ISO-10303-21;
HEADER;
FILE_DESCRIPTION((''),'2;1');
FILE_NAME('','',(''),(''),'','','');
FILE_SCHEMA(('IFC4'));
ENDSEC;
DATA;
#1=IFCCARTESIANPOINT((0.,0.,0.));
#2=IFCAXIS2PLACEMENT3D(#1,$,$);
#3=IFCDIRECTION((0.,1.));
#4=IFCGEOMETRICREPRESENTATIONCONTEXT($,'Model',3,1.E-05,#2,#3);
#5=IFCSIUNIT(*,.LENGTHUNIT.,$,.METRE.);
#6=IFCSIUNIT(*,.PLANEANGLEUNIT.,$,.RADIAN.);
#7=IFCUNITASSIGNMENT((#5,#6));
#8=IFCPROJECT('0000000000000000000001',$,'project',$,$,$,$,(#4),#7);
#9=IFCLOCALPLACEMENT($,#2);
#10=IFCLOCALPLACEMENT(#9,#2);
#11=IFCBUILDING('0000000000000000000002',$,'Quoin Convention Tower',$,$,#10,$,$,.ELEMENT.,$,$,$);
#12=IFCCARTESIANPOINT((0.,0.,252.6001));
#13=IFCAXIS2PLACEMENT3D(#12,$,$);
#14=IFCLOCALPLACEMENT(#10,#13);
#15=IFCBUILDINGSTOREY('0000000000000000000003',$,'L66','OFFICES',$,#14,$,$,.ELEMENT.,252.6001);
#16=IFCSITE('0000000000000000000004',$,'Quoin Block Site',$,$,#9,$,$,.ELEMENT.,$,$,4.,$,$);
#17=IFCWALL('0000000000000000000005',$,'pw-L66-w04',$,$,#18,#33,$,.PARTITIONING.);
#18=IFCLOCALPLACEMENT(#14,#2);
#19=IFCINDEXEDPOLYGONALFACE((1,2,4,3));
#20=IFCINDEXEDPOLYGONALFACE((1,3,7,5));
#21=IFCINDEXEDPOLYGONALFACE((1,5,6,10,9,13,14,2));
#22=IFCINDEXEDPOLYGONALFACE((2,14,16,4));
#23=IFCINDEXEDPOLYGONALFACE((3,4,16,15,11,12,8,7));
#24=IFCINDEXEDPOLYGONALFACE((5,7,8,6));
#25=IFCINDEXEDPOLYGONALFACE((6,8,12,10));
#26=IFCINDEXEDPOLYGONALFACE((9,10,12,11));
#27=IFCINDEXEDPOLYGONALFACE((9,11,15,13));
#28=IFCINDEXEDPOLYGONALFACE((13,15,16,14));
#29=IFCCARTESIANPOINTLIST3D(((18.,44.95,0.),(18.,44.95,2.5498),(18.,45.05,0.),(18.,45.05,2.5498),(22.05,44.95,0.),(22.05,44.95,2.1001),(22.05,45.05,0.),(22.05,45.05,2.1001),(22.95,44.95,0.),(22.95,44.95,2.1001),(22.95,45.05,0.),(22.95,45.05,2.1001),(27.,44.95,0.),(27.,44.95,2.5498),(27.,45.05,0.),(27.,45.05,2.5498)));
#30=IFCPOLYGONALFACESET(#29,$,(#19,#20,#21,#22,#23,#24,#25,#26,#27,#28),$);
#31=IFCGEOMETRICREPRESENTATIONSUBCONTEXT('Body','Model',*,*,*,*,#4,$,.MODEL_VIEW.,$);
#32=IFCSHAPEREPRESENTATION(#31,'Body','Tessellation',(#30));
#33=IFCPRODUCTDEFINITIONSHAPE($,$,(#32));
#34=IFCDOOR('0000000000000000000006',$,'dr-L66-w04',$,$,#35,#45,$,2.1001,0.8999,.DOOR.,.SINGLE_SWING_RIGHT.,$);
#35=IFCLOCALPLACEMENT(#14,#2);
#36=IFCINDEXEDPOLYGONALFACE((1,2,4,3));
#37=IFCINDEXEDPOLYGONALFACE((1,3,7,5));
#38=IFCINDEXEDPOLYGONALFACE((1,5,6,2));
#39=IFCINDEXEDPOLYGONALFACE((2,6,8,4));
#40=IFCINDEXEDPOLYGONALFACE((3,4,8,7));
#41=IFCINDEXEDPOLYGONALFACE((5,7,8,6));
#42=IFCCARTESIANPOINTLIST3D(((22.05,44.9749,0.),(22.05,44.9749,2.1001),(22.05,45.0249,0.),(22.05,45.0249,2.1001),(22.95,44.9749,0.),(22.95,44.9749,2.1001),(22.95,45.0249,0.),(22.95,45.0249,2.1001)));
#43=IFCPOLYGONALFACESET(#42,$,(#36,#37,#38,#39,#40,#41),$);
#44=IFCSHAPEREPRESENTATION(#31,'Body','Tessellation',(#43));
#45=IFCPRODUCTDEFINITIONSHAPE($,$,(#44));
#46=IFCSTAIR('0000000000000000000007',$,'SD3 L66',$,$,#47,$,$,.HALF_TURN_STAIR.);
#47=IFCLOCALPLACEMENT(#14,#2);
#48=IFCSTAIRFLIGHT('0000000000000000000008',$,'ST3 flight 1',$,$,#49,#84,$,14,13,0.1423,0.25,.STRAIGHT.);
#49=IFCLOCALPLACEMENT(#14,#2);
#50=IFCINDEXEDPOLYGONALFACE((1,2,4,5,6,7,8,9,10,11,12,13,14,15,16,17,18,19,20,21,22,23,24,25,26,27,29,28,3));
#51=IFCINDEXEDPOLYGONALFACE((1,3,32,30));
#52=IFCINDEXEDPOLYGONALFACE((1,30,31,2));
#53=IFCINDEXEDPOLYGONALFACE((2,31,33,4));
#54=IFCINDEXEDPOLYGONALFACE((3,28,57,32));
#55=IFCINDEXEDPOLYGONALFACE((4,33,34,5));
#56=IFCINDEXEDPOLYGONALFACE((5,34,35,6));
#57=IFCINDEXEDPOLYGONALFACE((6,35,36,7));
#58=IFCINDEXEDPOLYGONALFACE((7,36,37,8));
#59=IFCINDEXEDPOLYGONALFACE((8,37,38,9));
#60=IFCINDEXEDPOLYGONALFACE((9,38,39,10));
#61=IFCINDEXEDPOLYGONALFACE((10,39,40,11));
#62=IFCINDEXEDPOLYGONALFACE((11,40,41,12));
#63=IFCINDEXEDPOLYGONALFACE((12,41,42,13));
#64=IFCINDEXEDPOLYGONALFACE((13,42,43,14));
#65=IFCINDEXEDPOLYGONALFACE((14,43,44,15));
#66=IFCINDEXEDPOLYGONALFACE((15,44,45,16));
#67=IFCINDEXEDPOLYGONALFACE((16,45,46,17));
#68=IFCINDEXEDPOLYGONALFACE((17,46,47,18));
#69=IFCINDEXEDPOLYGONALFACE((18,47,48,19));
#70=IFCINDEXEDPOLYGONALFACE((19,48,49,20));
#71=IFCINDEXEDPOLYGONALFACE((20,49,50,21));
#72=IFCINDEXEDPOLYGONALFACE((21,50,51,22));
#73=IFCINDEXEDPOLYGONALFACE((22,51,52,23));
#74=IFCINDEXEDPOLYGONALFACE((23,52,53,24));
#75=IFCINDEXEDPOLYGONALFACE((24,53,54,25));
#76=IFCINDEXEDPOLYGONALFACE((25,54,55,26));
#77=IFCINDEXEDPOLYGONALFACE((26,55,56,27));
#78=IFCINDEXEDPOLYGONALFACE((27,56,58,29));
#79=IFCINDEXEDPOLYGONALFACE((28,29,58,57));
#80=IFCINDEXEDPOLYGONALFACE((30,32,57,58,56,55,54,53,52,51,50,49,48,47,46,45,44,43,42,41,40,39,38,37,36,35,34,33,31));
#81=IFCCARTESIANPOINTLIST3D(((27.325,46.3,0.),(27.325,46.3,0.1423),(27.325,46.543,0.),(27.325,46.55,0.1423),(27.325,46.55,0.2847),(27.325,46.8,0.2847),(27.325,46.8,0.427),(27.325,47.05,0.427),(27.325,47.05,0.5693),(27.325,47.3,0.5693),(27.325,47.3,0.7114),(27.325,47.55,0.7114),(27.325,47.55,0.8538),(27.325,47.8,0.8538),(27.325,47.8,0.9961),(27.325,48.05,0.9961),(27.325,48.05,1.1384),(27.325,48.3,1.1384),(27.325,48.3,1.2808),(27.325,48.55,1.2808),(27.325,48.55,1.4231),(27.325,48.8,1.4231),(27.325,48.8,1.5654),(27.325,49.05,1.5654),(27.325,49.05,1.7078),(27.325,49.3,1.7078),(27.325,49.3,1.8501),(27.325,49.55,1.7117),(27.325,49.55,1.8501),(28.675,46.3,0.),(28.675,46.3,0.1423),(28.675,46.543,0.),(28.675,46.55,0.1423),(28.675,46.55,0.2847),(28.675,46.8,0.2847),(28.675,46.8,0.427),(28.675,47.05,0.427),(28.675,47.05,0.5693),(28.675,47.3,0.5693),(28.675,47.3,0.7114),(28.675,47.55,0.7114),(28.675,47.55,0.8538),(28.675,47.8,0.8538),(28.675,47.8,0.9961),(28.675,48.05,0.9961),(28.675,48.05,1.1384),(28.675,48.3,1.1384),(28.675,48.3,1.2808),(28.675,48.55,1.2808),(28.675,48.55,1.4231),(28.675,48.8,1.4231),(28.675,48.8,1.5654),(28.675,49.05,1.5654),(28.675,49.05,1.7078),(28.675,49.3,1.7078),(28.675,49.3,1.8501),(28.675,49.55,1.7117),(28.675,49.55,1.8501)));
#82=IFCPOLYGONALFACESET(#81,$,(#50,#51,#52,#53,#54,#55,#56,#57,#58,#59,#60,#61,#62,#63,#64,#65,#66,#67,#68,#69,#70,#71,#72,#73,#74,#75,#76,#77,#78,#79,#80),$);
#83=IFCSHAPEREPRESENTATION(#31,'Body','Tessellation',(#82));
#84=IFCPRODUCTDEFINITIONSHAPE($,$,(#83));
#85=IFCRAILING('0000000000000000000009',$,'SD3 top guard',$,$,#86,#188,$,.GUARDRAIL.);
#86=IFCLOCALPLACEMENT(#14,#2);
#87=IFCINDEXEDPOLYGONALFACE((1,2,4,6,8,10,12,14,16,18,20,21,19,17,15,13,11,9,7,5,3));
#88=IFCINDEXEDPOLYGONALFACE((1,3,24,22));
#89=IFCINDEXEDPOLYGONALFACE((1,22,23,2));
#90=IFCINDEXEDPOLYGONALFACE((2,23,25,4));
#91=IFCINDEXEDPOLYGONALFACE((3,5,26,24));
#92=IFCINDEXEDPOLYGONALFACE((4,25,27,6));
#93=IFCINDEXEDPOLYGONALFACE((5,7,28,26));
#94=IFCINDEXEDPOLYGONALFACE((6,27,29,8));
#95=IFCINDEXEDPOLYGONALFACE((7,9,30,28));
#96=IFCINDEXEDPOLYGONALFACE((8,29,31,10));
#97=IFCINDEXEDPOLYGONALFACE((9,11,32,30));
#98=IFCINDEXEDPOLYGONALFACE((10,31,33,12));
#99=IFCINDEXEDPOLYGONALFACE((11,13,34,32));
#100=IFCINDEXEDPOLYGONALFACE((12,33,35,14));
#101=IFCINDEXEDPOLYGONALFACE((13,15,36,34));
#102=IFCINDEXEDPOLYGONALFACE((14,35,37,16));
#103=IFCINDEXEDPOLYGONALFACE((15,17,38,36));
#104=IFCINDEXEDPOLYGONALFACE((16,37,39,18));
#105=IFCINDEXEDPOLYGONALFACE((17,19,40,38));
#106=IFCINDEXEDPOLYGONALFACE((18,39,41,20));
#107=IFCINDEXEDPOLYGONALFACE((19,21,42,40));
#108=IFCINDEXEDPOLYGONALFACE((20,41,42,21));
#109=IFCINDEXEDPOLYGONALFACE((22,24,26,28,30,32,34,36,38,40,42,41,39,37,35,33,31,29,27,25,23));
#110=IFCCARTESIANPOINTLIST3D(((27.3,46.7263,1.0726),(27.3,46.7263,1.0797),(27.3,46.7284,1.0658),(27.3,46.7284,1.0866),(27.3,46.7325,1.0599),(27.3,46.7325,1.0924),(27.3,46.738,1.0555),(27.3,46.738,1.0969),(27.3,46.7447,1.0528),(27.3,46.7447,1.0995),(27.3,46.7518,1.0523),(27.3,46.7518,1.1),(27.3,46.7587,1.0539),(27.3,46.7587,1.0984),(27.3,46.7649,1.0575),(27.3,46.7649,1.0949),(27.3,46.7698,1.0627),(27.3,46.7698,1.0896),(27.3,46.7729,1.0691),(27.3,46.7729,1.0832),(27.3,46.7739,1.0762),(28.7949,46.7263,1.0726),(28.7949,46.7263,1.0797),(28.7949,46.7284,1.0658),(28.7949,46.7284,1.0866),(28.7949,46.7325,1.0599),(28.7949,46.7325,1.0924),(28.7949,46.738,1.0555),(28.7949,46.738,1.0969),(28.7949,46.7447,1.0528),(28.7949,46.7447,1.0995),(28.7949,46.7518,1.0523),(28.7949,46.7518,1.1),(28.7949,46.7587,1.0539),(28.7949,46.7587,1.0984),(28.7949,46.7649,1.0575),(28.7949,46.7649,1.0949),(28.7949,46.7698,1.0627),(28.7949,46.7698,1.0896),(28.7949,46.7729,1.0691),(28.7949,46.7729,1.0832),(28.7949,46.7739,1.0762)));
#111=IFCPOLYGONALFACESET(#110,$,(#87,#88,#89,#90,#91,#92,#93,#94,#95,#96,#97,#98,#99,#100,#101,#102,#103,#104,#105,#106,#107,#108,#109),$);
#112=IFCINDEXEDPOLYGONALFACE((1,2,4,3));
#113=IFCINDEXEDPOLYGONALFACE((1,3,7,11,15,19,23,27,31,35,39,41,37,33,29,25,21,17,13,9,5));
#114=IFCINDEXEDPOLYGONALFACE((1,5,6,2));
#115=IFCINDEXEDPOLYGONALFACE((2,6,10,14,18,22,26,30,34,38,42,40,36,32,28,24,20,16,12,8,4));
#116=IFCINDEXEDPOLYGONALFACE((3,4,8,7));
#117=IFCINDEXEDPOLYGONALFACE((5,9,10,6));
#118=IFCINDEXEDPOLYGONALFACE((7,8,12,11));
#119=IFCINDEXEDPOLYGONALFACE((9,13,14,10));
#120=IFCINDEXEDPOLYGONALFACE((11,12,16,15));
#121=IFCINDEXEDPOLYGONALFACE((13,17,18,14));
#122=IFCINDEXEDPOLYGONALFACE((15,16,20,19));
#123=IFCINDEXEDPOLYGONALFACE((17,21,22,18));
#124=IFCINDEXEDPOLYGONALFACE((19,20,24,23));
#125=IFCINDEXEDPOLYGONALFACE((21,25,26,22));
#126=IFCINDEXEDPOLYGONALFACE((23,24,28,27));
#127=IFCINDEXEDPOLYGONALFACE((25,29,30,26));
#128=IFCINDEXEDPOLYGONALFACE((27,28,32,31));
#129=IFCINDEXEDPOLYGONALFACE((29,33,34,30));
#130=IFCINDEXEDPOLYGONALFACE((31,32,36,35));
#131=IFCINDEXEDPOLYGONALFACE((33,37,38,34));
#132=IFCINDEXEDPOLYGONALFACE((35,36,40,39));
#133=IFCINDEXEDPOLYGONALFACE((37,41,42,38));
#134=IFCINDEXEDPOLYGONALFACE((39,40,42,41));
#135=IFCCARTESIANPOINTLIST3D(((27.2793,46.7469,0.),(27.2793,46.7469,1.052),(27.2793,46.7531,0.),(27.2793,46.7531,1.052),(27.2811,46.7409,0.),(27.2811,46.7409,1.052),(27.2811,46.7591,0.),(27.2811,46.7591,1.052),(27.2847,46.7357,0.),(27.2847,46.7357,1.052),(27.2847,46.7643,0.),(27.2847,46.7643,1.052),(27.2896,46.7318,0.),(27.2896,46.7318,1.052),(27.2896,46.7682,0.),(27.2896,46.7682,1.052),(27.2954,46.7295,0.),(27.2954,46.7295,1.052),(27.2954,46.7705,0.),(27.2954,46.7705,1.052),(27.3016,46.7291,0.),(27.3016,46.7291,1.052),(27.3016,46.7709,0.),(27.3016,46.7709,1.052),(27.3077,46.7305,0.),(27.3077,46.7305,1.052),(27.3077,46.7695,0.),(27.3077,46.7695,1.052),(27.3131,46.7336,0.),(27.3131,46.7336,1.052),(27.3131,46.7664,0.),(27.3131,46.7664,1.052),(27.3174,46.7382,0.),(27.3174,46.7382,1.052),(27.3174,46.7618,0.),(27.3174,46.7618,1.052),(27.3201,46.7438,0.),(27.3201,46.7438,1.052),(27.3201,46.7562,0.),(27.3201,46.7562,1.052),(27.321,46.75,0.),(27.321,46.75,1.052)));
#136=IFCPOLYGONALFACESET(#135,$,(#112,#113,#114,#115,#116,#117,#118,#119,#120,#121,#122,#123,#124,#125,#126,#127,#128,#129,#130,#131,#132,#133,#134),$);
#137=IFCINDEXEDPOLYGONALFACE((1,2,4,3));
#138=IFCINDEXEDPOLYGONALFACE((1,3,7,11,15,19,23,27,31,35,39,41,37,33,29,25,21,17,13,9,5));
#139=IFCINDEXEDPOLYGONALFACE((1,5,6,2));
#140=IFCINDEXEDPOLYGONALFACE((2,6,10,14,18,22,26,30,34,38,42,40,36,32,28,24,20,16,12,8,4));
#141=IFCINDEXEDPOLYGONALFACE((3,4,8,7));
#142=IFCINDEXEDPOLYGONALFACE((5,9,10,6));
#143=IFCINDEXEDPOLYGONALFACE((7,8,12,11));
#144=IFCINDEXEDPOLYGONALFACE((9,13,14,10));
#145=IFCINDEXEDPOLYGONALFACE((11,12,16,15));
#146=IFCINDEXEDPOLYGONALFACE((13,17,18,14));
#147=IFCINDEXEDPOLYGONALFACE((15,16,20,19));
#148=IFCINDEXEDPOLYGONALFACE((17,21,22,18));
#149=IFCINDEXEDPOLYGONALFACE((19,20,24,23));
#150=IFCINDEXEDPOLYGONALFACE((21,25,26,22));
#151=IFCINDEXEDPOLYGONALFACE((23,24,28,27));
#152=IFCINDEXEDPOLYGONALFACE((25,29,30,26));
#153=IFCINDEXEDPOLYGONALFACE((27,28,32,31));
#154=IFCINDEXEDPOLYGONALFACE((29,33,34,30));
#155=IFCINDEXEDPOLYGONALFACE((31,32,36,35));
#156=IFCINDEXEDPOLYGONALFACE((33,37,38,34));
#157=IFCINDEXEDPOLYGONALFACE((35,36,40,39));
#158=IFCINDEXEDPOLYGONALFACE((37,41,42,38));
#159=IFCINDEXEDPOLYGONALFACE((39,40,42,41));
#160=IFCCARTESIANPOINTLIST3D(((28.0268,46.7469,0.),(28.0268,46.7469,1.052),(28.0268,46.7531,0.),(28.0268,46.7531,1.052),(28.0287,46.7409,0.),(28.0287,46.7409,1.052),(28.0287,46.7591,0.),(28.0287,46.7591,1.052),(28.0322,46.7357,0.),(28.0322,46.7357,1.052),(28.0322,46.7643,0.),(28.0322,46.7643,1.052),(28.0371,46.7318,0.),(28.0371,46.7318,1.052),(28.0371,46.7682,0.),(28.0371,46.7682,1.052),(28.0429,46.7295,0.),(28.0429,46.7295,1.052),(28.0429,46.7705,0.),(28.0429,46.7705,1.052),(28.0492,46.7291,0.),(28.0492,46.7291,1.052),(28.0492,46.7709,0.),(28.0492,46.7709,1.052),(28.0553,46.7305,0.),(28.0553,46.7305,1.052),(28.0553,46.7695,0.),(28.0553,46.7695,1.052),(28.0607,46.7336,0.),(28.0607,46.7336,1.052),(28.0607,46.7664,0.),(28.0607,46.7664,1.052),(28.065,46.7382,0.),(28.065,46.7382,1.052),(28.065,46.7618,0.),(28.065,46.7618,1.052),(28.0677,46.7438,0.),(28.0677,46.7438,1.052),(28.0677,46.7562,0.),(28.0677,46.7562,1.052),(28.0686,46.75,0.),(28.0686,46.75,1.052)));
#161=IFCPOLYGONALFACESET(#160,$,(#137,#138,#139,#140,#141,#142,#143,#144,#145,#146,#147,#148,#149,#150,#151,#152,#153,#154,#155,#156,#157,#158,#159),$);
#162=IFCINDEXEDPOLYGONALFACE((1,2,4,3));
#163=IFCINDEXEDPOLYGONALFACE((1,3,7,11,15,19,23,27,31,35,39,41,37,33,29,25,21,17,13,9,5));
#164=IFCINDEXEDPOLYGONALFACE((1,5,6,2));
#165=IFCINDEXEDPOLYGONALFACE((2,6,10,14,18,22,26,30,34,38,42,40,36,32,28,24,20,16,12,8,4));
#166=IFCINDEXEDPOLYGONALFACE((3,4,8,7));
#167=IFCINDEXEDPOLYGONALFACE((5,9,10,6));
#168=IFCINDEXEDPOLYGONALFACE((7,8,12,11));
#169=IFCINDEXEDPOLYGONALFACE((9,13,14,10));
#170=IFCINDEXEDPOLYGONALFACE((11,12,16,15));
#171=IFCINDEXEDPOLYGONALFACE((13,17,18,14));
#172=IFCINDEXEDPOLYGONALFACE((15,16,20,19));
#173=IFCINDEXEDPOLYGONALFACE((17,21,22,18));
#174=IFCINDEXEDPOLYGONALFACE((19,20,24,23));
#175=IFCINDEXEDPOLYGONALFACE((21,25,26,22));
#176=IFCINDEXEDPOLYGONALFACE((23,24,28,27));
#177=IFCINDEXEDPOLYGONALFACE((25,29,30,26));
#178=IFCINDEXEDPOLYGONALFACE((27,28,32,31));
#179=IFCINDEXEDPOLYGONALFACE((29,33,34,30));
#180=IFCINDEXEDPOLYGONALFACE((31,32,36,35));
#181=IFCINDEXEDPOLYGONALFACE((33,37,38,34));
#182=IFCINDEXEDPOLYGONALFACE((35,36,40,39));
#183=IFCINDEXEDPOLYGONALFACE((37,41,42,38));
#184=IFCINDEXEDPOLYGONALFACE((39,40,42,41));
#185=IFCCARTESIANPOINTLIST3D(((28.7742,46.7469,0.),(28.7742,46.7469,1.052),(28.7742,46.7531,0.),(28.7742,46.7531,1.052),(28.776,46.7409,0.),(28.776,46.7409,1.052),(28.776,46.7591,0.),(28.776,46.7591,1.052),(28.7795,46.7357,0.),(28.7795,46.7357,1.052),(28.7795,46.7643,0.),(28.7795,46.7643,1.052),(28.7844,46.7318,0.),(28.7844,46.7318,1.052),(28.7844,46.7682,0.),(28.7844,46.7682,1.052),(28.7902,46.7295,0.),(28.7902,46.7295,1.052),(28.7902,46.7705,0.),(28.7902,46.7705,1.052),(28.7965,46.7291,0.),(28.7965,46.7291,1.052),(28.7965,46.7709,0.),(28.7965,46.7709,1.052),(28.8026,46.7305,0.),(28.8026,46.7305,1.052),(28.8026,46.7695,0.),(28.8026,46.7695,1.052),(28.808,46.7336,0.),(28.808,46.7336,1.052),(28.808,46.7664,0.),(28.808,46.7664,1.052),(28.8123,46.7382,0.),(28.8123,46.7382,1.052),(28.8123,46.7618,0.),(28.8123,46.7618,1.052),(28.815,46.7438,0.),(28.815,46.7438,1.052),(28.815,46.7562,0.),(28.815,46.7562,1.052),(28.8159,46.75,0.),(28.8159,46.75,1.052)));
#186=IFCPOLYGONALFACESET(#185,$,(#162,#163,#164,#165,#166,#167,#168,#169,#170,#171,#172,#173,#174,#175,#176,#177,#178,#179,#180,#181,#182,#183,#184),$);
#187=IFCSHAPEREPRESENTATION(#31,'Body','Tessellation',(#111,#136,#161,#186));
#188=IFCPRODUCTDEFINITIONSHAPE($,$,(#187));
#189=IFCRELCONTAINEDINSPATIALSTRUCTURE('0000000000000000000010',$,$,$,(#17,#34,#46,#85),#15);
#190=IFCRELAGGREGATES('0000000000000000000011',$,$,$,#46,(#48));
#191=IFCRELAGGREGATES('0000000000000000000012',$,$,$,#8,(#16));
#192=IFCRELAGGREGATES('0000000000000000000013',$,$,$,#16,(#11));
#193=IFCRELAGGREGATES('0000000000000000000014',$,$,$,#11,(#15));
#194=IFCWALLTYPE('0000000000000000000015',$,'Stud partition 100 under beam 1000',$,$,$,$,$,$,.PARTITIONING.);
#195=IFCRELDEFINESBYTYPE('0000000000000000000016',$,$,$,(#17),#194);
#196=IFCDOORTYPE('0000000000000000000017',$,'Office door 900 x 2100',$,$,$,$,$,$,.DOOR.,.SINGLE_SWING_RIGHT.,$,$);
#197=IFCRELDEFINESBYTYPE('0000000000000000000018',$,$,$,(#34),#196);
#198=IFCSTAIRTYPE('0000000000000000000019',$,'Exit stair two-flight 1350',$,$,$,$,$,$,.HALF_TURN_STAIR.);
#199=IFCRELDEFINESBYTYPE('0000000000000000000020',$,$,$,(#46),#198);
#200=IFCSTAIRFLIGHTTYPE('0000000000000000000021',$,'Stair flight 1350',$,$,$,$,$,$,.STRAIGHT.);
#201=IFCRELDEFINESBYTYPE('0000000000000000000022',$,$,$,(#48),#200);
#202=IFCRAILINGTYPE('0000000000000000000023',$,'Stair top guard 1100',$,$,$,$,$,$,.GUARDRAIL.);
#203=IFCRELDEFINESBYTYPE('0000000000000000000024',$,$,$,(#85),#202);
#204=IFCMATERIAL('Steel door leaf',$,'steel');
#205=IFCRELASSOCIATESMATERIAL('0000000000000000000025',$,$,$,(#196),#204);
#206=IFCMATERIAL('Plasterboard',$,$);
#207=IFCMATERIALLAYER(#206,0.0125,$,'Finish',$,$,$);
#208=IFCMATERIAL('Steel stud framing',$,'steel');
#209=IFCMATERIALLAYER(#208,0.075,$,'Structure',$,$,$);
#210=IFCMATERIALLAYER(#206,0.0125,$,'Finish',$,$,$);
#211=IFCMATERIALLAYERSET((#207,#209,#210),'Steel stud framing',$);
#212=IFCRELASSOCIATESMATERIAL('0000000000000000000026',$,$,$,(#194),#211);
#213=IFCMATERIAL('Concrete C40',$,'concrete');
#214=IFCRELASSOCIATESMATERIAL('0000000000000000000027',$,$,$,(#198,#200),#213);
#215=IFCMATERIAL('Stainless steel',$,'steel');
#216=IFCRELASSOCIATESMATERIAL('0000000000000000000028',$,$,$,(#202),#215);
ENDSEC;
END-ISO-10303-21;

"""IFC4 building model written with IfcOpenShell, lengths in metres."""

from ifc_helpers import new_model, si_unit, direction, frame, frame_2d, origin, origin_2d, place, context, subcontext, project, spatial, polyline, rectangle, circle, outline, extrude, material, layer, layer_set, type_object, element, fill, aggregate, save


model = new_model("IFC4")

# Units and contexts
model_context = context("Model", 3, precision=1e-05, world=origin(), true_north=direction((0.0, 1.0)))
body_context = subcontext(model_context, "Body", "Model", "MODEL_VIEW")
ifc_project = project(units=[si_unit("LENGTHUNIT", "METRE"), si_unit("PLANEANGLEUNIT", "RADIAN")], contexts=[model_context])

# Site, building, storey
site_placement = place(None, origin())
site = spatial("IfcSite", under=ifc_project, at=site_placement, Name="Quoin Block Site", CompositionType="ELEMENT", RefElevation=4.0)
building_placement = place(site_placement, origin())
building = spatial("IfcBuilding", under=site, at=building_placement, Name="Quoin Convention Tower", CompositionType="ELEMENT")
storey_placement = place(building_placement, frame((0.0, 0.0, 252.6001)))
storey = spatial("IfcBuildingStorey", under=building, at=storey_placement, Name="L66", Description="OFFICES", CompositionType="ELEMENT", Elevation=252.6001)

# Shared definitions
ifc_material_1 = material(Name="Plasterboard")
ifc_material_2 = material(Name="Steel stud framing", Category="steel")
ifc_material_3 = material(Name="Steel door leaf", Category="steel")
door_type_1 = type_object("IfcDoorType", Name="Office door 900 x 2100", OperationType="SINGLE_SWING_RIGHT", PredefinedType="DOOR", material=ifc_material_3)

# Wall, opening, door
ifc_layer_1 = layer(ifc_material_1, 0.0125, Name="Finish")
ifc_layer_2 = layer(ifc_material_2, 0.075, Name="Structure")
ifc_layer_3 = layer(ifc_material_1, 0.0125, Name="Finish")
ifc_layer_set_1 = layer_set([ifc_layer_1, ifc_layer_2, ifc_layer_3], Name="Steel stud framing")
wall_type_1 = type_object("IfcWallType", Name="Stud partition 100 under beam 1000", PredefinedType="PARTITIONING", material=ifc_layer_set_1)
wall_1_placement = place(storey_placement, frame((18.0, 45.0, 0.0), z_axis=(0.0, 0.0, 1.0), x_axis=(1.0, 0.0, 0.0)))
wall_1 = element("IfcWall", 1, at=wall_1_placement, inside=storey, type_object=wall_type_1, Name="pw-L66-w04", PredefinedType="PARTITIONING", context=body_context, shape_type="SweptSolid", body=[
    extrude(rectangle(XDim=9.0, YDim=0.1001, at=frame_2d((4.5, 0.0))), origin(), (0.0, 0.0, 1.0), 2.5498),
])
opening_1_placement = place(wall_1_placement, frame((4.05, 0.0, 0.0)))
opening_1 = element("IfcOpeningElement", 2, at=opening_1_placement, cuts=wall_1, PredefinedType="OPENING", context=body_context, shape_type="SweptSolid", body=[
    extrude(rectangle(XDim=0.8999, YDim=2.1001, at=frame_2d((0.45, 1.05))), frame((0.0, 0.0601, 0.0), z_axis=(0.0, -1.0, 0.0), x_axis=(1.0, 0.0, 0.0)), (0.0, 0.0, 1.0), 0.1201),
])
door_1_placement = place(opening_1_placement, origin())
door_1 = element("IfcDoor", 3, at=door_1_placement, inside=storey, type_object=door_type_1, Name="dr-L66-w04", OperationType="SINGLE_SWING_RIGHT", OverallHeight=2.1001, OverallWidth=0.8999, PredefinedType="DOOR", context=body_context, shape_type="SweptSolid", body=[
    extrude(rectangle(XDim=0.8999, YDim=2.1001, at=frame_2d((0.45, 1.05))), frame((0.0, 0.0249, 0.0), z_axis=(0.0, -1.0, 0.0), x_axis=(1.0, 0.0, 0.0)), (0.0, 0.0, 1.0), 0.05),
])
fill(opening_1, door_1)

# Stair, stair flight
ifc_material_4 = material(Name="Concrete C40", Category="concrete")
stair_type = type_object("IfcStairType", Name="Exit stair two-flight 1350", PredefinedType="HALF_TURN_STAIR", material=ifc_material_4)
stair_placement = place(storey_placement, origin())
stair = element("IfcStair", 4, at=stair_placement, inside=storey, type_object=stair_type, Name="SD3 L66", PredefinedType="HALF_TURN_STAIR")
stair_flight_type = type_object("IfcStairFlightType", Name="Stair flight 1350", PredefinedType="STRAIGHT", material=ifc_material_4)
stair_flight_placement = place(storey_placement, frame((28.0, 46.3, 0.0), z_axis=(0.0, 0.0, 1.0), x_axis=(0.0, 1.0, 0.0)))
stair_flight = element("IfcStairFlight", 5, at=stair_flight_placement, type_object=stair_flight_type, Name="ST3 flight 1", NumberOfRisers=14, NumberOfTreads=13, PredefinedType="STRAIGHT", RiserHeight=0.1423, TreadLength=0.25, context=body_context, shape_type="SweptSolid", body=[
    extrude(outline(polyline([(0.0, 0.0), (0.0, 0.1423), (0.25, 0.1423), (0.25, 0.2847), (0.5, 0.2847), (0.5, 0.427), (0.75, 0.427), (0.75, 0.5693), (1.0, 0.5693), (1.0, 0.7114), (1.25, 0.7114), (1.25, 0.8538), (1.5, 0.8538), (1.5, 0.9961), (1.75, 0.9961), (1.75, 1.1384), (2.0, 1.1384), (2.0, 1.2808), (2.25, 1.2808), (2.25, 1.4231), (2.5, 1.4231), (2.5, 1.5654), (2.75, 1.5654), (2.75, 1.7078), (3.0, 1.7078), (3.0, 1.8501), (3.25, 1.8501), (3.25, 1.9922), (3.25, 1.7117), (0.2429, 0.0), (0.0, 0.0)])), frame((0.0, 0.675, 0.0), z_axis=(0.0, -1.0, 0.0), x_axis=(1.0, 0.0, 0.0)), (0.0, 0.0, 1.0), 1.3501),
])
aggregate(stair, [stair_flight])

# Railing
ifc_material_5 = material(Name="Stainless steel", Category="steel")
railing_type_1 = type_object("IfcRailingType", Name="Stair top guard 1100", PredefinedType="GUARDRAIL", material=ifc_material_5)
railing_1_placement = place(storey_placement, frame((27.3, 46.75, 0.0)))
element("IfcRailing", 6, at=railing_1_placement, inside=storey, type_object=railing_type_1, Name="SD3 top guard", PredefinedType="GUARDRAIL", context=body_context, shape_type="SweptSolid", body=[
    extrude(circle(Radius=0.0239, at=origin_2d()), frame((0.0, 0.0, 1.0762), z_axis=(1.0, 0.0, 0.0), x_axis=(0.0, 1.0, 0.0)), (0.0, 0.0, 1.0), 1.4949),
    extrude(circle(Radius=0.021, at=origin_2d()), origin(), (0.0, 0.0, 1.0), 1.052),
    extrude(circle(Radius=0.021, at=origin_2d()), frame((0.7476, 0.0, 0.0)), (0.0, 0.0, 1.0), 1.052),
    extrude(circle(Radius=0.021, at=origin_2d()), frame((1.4949, 0.0, 0.0)), (0.0, 0.0, 1.0), 1.052),
])

save(model, "model.ifc")
